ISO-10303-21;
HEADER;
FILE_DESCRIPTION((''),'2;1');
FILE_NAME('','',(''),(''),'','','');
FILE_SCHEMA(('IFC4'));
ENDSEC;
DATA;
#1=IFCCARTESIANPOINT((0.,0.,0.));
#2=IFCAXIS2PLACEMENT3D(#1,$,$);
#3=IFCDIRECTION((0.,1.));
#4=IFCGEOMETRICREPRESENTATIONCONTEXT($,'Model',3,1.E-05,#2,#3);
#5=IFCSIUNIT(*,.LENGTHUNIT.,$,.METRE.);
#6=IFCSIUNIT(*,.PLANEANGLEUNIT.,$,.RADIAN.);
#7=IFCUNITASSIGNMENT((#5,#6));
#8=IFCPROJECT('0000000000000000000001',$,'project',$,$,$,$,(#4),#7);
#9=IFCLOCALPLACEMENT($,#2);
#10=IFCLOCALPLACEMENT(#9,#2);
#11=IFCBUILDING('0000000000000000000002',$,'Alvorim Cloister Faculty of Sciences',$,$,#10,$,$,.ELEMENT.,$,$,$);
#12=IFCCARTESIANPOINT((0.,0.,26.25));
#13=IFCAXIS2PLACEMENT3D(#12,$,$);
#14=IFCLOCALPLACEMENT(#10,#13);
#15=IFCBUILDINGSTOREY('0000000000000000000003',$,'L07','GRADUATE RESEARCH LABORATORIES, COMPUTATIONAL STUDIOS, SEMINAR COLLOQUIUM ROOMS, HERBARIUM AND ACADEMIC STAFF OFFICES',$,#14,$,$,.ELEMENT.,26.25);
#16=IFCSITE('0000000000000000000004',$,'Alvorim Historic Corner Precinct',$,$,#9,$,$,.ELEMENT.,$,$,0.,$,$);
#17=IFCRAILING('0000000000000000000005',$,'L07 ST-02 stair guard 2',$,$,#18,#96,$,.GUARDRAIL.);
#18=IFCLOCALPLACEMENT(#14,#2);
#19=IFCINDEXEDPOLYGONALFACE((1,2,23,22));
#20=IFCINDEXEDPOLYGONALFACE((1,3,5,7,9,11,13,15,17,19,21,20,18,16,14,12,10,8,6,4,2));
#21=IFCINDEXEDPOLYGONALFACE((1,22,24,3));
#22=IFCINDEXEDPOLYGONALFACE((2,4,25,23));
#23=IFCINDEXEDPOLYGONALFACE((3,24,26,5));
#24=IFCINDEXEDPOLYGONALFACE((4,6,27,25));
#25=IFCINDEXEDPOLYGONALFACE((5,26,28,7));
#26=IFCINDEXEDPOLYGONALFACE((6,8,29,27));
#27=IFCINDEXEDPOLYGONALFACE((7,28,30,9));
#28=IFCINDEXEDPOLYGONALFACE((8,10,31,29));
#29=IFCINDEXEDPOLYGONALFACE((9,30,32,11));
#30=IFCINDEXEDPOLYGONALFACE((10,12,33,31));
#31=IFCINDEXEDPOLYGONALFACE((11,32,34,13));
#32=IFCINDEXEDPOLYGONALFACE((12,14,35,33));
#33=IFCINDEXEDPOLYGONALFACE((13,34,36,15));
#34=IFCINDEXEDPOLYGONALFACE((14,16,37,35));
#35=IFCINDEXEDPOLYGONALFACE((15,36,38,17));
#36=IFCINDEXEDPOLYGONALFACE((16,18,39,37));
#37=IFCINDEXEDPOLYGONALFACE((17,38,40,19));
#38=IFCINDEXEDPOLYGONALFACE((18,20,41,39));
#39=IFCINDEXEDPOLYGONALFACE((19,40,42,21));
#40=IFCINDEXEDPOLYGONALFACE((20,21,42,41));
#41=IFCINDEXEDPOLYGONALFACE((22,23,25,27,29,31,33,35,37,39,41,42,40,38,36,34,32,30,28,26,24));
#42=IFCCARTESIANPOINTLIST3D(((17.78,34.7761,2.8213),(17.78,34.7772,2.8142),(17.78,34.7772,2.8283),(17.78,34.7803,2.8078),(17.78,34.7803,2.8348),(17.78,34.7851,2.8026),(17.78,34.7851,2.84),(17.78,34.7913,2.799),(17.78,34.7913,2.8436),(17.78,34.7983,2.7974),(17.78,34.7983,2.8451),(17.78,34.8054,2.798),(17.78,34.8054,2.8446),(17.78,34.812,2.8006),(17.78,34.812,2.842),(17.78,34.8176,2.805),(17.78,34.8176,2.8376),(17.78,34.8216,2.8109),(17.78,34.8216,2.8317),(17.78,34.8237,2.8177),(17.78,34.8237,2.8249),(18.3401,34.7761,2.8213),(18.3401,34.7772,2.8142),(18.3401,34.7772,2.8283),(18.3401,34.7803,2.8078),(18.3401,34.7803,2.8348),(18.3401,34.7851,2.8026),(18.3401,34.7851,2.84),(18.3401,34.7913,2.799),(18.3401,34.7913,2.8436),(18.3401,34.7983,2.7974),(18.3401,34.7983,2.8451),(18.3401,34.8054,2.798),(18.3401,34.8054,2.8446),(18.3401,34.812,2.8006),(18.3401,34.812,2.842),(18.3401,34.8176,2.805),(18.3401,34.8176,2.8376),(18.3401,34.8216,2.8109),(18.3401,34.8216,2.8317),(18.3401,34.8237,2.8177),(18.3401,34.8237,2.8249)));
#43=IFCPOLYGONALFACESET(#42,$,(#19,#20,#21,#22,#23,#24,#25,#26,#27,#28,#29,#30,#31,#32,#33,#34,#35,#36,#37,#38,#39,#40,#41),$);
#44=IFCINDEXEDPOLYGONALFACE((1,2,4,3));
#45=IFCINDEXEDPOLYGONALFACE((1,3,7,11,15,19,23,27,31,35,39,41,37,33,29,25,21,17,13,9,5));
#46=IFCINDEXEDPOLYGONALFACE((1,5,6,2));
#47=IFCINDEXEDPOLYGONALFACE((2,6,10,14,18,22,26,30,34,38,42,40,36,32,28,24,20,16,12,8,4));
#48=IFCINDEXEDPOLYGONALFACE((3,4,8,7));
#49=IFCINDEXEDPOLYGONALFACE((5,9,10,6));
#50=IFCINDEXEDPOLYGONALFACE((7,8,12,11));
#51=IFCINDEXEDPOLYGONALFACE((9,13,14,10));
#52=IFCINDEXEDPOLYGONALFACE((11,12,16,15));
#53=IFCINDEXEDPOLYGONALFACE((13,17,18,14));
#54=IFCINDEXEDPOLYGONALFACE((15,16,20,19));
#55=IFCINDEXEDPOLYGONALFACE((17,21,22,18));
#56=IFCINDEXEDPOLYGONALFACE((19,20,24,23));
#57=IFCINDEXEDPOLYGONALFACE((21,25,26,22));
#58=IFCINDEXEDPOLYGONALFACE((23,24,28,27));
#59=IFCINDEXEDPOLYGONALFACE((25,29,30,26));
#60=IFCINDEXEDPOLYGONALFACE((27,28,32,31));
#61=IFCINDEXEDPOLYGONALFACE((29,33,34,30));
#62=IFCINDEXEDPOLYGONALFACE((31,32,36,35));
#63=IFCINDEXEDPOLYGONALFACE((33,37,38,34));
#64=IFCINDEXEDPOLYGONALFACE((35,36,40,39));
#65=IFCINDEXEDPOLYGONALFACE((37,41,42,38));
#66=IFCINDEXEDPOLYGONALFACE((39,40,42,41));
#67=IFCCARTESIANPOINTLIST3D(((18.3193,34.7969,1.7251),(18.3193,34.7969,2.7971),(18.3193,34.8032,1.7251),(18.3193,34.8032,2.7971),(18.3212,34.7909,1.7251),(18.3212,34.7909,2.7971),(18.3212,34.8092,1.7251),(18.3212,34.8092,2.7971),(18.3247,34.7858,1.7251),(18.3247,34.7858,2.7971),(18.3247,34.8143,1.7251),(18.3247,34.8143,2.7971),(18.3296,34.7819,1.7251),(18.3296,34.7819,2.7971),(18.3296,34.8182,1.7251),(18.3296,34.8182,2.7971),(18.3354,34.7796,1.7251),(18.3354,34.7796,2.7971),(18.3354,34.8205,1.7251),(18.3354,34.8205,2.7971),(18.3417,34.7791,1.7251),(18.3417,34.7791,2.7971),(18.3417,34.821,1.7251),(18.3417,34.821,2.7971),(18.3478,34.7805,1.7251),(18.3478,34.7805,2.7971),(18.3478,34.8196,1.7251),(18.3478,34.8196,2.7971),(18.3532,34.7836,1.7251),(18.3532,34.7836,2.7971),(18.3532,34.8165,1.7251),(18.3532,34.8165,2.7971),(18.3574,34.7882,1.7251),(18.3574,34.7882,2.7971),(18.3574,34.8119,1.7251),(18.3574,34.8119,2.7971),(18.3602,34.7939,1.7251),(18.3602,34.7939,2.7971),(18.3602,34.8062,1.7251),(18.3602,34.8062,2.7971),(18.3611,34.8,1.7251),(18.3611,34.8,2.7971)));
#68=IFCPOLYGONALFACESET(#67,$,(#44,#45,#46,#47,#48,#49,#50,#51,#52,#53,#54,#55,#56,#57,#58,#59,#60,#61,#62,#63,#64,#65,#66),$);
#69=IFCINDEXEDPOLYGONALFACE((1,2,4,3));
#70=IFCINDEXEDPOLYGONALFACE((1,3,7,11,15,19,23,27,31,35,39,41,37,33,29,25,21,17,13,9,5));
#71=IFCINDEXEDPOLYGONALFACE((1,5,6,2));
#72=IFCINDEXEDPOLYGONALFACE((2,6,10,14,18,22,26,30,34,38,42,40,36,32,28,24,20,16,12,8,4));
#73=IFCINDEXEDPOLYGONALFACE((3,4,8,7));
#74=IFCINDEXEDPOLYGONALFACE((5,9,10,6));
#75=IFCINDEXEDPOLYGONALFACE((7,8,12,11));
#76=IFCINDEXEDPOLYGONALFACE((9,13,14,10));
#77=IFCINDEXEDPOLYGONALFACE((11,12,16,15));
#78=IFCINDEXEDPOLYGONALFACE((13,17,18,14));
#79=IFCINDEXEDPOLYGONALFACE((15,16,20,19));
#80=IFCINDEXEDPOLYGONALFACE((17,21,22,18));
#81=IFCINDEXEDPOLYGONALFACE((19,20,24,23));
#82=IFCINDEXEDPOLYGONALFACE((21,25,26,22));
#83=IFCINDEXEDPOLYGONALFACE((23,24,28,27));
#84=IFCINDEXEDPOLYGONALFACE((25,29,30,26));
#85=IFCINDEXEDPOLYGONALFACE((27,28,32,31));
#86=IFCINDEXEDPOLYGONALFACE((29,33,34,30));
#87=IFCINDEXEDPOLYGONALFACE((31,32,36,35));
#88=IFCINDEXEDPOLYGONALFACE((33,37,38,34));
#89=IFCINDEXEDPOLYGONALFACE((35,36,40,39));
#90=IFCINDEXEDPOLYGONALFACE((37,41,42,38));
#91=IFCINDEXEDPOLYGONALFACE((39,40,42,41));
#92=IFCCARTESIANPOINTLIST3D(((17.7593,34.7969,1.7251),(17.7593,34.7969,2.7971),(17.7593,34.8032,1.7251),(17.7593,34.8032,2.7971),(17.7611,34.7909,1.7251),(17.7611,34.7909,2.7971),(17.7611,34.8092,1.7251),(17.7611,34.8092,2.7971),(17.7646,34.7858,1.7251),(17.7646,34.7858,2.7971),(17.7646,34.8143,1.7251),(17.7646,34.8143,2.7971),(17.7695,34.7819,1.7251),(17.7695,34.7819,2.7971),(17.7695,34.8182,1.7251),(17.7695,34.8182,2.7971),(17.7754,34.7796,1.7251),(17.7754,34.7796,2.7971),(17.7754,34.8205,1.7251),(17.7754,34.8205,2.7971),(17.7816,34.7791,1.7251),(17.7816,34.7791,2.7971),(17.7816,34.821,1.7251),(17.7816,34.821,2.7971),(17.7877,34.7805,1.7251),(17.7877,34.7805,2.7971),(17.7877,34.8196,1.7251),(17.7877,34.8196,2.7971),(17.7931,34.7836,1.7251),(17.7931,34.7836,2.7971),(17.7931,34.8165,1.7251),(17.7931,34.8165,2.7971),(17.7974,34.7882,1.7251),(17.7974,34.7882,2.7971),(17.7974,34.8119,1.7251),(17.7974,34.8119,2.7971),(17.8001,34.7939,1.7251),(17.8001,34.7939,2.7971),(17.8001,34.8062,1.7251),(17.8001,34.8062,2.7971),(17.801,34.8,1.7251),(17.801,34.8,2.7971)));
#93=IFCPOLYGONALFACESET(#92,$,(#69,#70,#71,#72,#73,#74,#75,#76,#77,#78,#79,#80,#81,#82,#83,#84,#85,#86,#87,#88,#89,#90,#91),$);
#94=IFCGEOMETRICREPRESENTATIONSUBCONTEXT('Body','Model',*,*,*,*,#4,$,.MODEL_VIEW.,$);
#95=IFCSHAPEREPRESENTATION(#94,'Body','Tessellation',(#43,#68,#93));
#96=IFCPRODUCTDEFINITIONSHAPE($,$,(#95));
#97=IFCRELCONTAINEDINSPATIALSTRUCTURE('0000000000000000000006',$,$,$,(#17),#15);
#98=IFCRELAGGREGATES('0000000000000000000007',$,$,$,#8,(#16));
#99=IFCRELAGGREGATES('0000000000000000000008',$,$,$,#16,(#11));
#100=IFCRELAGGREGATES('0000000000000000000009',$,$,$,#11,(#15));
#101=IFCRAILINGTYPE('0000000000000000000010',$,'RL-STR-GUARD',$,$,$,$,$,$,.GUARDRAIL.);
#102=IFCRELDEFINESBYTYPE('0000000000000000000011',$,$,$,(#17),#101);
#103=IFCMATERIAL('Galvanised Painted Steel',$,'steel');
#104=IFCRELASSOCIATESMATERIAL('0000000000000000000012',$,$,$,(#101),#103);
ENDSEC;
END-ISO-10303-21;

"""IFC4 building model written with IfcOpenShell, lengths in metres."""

from ifc_helpers import new_model, si_unit, direction, frame, origin, origin_2d, place, context, subcontext, project, spatial, circle, extrude, material, type_object, element, save


model = new_model("IFC4")

# Units and contexts
model_context = context("Model", 3, precision=1e-05, world=origin(), true_north=direction((0.0, 1.0)))
body_context = subcontext(model_context, "Body", "Model", "MODEL_VIEW")
ifc_project = project(units=[si_unit("LENGTHUNIT", "METRE"), si_unit("PLANEANGLEUNIT", "RADIAN")], contexts=[model_context])

# Site, building, storey
site_placement = place(None, origin())
site = spatial("IfcSite", under=ifc_project, at=site_placement, Name="Alvorim Historic Corner Precinct", CompositionType="ELEMENT", RefElevation=0.0)
building_placement = place(site_placement, origin())
building = spatial("IfcBuilding", under=site, at=building_placement, Name="Alvorim Cloister Faculty of Sciences", CompositionType="ELEMENT")
storey_placement = place(building_placement, frame((0.0, 0.0, 26.25)))
storey = spatial("IfcBuildingStorey", under=building, at=storey_placement, Name="L07", Description="GRADUATE RESEARCH LABORATORIES, COMPUTATIONAL STUDIOS, SEMINAR COLLOQUIUM ROOMS, HERBARIUM AND ACADEMIC STAFF OFFICES", CompositionType="ELEMENT", Elevation=26.25)

# Railing
ifc_material_1 = material(Name="Galvanised Painted Steel", Category="steel")
railing_type_1 = type_object("IfcRailingType", Name="RL-STR-GUARD", PredefinedType="GUARDRAIL", material=ifc_material_1)
railing_1_placement = place(storey_placement, frame((18.3401, 34.8, 1.7251)))
element("IfcRailing", 1, at=railing_1_placement, inside=storey, type_object=railing_type_1, Name="L07 ST-02 stair guard 2", PredefinedType="GUARDRAIL", context=body_context, shape_type="SweptSolid", body=[
    extrude(circle(Radius=0.0239, at=origin_2d()), frame((0.0, 0.0, 1.0962), z_axis=(-1.0, 0.0, 0.0), x_axis=(0.0, -1.0, 0.0)), (0.0, 0.0, 1.0), 0.5601),
    extrude(circle(Radius=0.021, at=origin_2d()), origin(), (0.0, 0.0, 1.0), 1.072),
    extrude(circle(Radius=0.021, at=origin_2d()), frame((-0.5601, 0.0, 0.0)), (0.0, 0.0, 1.0), 1.072),
])

save(model, "model.ifc")
